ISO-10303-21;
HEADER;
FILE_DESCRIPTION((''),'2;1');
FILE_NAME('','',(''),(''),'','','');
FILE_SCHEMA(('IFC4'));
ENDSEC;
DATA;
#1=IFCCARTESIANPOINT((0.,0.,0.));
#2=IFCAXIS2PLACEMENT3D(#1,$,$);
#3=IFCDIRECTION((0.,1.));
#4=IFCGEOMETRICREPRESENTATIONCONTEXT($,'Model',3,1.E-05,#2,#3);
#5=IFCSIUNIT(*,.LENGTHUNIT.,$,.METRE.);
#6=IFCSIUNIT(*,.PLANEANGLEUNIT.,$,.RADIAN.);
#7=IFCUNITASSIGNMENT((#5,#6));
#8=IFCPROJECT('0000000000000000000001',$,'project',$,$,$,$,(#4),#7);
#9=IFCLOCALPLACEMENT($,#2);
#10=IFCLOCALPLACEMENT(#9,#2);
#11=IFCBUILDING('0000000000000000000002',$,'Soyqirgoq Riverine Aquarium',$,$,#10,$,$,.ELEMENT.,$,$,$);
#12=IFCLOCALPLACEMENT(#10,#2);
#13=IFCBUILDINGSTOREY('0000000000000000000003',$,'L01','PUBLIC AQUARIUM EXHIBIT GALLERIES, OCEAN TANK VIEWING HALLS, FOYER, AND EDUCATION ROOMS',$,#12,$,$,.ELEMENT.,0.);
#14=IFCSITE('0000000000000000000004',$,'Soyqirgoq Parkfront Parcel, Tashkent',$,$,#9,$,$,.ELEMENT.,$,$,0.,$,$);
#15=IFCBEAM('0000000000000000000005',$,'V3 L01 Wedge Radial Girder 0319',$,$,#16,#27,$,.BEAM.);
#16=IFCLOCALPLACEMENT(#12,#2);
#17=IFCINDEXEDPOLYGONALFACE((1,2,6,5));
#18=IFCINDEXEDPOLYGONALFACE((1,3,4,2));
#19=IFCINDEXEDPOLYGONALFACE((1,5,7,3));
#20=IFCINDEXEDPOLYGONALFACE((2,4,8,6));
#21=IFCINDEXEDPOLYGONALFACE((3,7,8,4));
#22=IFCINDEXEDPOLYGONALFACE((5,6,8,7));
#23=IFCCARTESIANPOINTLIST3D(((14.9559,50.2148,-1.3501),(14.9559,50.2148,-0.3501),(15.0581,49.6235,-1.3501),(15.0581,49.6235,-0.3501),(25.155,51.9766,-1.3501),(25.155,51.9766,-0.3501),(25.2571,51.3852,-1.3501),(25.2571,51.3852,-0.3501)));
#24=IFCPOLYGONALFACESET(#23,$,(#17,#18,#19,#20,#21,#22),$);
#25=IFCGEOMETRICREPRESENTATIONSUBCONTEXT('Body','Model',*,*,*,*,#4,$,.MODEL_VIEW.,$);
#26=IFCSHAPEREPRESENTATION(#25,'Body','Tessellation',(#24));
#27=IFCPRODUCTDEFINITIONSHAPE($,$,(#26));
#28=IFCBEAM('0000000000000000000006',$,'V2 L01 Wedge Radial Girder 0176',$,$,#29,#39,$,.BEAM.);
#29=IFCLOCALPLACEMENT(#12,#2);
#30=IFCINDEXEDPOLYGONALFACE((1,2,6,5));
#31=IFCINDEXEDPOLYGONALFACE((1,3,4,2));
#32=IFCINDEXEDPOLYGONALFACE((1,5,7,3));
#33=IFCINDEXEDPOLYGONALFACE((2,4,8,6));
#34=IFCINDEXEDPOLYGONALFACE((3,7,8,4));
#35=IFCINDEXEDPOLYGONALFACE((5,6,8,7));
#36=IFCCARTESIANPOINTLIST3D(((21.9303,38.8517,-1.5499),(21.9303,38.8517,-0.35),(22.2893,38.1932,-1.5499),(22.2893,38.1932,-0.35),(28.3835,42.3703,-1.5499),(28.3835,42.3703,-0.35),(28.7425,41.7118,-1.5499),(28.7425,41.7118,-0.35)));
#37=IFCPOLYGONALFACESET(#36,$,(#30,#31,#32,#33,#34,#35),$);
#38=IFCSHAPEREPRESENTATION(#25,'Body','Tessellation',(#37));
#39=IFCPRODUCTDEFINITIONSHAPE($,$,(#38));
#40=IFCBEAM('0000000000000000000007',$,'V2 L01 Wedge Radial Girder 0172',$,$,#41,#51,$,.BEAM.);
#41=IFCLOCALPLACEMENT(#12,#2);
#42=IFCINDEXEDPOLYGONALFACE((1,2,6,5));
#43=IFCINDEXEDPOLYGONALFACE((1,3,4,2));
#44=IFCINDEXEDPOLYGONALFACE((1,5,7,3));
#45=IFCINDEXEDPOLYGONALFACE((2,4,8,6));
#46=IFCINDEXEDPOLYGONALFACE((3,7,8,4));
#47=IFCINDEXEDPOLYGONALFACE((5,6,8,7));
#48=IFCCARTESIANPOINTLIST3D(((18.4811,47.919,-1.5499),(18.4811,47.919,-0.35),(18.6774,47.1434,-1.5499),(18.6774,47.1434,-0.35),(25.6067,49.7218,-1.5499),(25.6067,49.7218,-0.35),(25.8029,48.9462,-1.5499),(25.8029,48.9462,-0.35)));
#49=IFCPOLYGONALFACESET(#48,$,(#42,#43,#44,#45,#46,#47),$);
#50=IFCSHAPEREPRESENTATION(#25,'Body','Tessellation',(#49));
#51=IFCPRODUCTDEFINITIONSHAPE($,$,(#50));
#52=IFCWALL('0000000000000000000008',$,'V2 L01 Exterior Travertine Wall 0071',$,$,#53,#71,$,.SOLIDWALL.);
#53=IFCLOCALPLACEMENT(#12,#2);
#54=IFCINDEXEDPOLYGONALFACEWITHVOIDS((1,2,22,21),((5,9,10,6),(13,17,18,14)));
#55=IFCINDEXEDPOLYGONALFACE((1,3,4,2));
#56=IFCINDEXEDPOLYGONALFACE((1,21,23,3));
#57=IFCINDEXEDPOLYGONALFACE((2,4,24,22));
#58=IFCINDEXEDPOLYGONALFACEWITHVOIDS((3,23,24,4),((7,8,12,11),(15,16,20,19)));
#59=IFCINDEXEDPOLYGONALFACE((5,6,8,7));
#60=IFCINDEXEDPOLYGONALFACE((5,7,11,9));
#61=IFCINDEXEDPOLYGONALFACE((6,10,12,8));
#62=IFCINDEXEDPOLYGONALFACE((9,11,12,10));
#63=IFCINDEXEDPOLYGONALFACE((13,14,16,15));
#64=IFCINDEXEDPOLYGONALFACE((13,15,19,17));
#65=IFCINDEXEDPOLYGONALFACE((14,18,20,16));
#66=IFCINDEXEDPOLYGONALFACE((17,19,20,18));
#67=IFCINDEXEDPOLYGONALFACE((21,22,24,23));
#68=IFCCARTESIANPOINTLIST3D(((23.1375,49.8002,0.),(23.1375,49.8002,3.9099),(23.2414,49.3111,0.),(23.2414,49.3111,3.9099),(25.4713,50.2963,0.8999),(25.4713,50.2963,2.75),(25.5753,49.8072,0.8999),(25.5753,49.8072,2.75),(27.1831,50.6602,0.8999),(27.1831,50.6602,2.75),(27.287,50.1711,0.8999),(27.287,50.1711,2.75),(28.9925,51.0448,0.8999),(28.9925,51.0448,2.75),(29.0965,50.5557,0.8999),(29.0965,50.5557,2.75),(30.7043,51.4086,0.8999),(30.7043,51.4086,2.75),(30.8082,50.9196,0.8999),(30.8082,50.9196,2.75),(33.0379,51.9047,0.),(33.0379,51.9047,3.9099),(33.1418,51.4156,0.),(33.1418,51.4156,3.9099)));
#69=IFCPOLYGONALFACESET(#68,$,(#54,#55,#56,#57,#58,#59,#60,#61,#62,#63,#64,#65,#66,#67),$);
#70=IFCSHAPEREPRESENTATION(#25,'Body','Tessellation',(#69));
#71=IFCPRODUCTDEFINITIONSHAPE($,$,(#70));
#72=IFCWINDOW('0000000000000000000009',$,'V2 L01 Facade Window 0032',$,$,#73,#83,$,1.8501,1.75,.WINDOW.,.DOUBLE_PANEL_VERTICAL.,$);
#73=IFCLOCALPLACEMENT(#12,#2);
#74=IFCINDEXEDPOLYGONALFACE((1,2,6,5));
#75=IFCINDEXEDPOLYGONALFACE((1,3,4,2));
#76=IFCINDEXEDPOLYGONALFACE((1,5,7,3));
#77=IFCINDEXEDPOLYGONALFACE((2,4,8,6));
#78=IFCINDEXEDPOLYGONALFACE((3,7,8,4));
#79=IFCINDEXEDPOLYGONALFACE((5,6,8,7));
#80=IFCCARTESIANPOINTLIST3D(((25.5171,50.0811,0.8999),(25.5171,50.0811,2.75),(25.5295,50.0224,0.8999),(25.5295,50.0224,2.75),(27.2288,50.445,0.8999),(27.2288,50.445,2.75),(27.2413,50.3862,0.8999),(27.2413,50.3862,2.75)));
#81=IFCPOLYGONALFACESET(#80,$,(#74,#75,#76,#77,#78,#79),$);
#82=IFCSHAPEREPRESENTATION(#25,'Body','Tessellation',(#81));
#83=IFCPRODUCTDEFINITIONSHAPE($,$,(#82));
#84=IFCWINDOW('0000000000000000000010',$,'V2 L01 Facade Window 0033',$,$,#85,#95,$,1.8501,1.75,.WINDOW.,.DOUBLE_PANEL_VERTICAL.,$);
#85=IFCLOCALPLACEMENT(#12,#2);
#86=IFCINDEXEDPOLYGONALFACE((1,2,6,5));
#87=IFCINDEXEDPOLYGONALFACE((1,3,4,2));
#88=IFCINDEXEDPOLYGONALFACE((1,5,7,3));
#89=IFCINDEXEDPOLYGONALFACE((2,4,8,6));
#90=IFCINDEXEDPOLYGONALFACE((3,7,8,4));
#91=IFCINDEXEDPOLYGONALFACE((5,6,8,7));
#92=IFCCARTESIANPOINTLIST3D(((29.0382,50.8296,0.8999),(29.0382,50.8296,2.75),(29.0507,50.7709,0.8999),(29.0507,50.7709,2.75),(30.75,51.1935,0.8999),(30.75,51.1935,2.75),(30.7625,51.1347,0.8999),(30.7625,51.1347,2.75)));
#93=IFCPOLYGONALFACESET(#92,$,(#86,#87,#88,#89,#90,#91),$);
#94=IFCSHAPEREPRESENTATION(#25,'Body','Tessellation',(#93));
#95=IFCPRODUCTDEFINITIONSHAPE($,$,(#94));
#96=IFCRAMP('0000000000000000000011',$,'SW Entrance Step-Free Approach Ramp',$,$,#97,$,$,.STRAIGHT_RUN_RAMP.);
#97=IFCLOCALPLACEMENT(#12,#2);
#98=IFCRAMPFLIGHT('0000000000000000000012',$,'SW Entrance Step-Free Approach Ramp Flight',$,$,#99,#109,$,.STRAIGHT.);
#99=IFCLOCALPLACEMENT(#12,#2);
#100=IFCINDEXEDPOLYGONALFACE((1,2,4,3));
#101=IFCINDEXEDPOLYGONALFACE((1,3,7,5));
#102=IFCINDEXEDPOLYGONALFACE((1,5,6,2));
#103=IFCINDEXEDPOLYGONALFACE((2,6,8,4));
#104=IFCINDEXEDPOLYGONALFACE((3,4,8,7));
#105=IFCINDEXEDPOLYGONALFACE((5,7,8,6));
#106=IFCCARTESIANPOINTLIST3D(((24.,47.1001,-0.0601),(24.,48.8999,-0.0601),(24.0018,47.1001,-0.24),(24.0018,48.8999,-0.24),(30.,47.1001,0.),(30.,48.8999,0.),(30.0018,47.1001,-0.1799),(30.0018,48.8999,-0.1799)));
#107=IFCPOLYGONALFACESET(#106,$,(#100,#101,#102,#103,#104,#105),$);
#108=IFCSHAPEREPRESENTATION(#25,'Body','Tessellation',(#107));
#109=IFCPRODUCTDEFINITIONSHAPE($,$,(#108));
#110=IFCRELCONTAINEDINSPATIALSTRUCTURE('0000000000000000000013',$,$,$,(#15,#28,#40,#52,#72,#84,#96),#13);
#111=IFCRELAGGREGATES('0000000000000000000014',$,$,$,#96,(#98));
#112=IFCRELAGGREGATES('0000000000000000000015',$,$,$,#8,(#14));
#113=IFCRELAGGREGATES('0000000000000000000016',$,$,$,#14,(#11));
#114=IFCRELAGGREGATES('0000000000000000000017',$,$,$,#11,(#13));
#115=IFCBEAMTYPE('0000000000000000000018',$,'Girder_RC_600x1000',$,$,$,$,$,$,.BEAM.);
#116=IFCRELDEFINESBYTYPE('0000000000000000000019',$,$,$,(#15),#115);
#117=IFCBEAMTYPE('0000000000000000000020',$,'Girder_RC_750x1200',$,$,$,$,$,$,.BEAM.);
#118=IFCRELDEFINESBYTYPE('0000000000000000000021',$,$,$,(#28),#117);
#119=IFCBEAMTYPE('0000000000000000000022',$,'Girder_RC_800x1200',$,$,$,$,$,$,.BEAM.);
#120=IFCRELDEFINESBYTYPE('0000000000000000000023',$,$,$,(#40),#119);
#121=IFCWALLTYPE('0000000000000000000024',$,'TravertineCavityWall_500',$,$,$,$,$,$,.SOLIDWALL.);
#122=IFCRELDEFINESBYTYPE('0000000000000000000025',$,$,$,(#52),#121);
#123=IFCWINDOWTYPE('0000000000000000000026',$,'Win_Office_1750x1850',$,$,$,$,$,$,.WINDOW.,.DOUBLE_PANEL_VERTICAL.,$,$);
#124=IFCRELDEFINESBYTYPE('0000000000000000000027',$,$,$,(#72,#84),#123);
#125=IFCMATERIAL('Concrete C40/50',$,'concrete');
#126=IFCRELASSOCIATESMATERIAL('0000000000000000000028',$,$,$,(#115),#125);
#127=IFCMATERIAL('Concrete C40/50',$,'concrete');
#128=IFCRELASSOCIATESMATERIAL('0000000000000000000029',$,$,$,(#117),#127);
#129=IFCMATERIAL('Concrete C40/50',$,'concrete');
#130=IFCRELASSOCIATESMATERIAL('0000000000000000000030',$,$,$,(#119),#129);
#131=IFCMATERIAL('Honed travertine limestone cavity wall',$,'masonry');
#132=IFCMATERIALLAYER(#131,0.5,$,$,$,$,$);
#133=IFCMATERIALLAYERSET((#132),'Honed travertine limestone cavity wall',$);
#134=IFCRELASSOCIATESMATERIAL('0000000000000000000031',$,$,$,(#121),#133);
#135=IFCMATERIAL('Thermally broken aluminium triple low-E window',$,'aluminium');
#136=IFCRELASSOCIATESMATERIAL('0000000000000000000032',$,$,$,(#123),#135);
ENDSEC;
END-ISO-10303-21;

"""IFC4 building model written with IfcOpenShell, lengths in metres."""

from ifc_helpers import new_model, si_unit, direction, frame, frame_2d, origin, origin_2d, place, context, subcontext, project, spatial, polyline, rectangle, outline, extrude, material, layer, layer_set, material_profile, profile_set, type_object, element, fill, aggregate, save


model = new_model("IFC4")

# Units and contexts
model_context = context("Model", 3, precision=1e-05, world=origin(), true_north=direction((0.0, 1.0)))
body_context = subcontext(model_context, "Body", "Model", "MODEL_VIEW")
ifc_project = project(units=[si_unit("LENGTHUNIT", "METRE"), si_unit("PLANEANGLEUNIT", "RADIAN")], contexts=[model_context])

# Site, building, storey
site_placement = place(None, origin())
site = spatial("IfcSite", under=ifc_project, at=site_placement, Name="Soyqirgoq Parkfront Parcel, Tashkent", CompositionType="ELEMENT", RefElevation=0.0)
building_placement = place(site_placement, origin())
building = spatial("IfcBuilding", under=site, at=building_placement, Name="Soyqirgoq Riverine Aquarium", CompositionType="ELEMENT")
storey_placement = place(building_placement, origin())
storey = spatial("IfcBuildingStorey", under=building, at=storey_placement, Name="L01", Description="PUBLIC AQUARIUM EXHIBIT GALLERIES, OCEAN TANK VIEWING HALLS, FOYER, AND EDUCATION ROOMS", CompositionType="ELEMENT", Elevation=0.0)

# Beams
ifc_material_1 = material(Name="Concrete C40/50", Category="concrete")
ifc_material_profile_1 = material_profile(ifc_material_1, rectangle(XDim=0.6001, YDim=1.0, at=origin_2d()), Name="RC 600x1000")
ifc_profile_set_1 = profile_set([ifc_material_profile_1], Name="Concrete C40/50")
beam_type_1 = type_object("IfcBeamType", Name="Girder_RC_600x1000", PredefinedType="BEAM", material=ifc_profile_set_1)
beam_1_placement = place(storey_placement, frame((25.2061, 51.6809, -0.8501), z_axis=(-0.985407, -0.170214, 0.0), x_axis=(0.170214, -0.985407, 0.0)))
element("IfcBeam", 1, at=beam_1_placement, inside=storey, type_object=beam_type_1, Name="V3 L01 Wedge Radial Girder 0319", PredefinedType="BEAM", context=body_context, shape_type="SweptSolid", body=[
    extrude(rectangle(XDim=0.6001, YDim=1.0, at=origin_2d()), origin(), (0.0, 0.0, 1.0), 10.3501),
])
ifc_material_2 = material(Name="Concrete C40/50", Category="concrete")
ifc_material_profile_2 = material_profile(ifc_material_2, rectangle(XDim=0.75, YDim=1.2, at=origin_2d()), Name="RC 750x1200")
ifc_profile_set_2 = profile_set([ifc_material_profile_2], Name="Concrete C40/50")
beam_type_2 = type_object("IfcBeamType", Name="Girder_RC_750x1200", PredefinedType="BEAM", material=ifc_profile_set_2)
beam_2_placement = place(storey_placement, frame((28.563, 42.041, -0.95), z_axis=(-0.877972, -0.478712, 0.0), x_axis=(0.478712, -0.877972, 0.0)))
element("IfcBeam", 2, at=beam_2_placement, inside=storey, type_object=beam_type_2, Name="V2 L01 Wedge Radial Girder 0176", PredefinedType="BEAM", context=body_context, shape_type="SweptSolid", body=[
    extrude(rectangle(XDim=0.75, YDim=1.2, at=origin_2d()), origin(), (0.0, 0.0, 1.0), 7.3501),
])
ifc_material_3 = material(Name="Concrete C40/50", Category="concrete")
ifc_material_profile_3 = material_profile(ifc_material_3, rectangle(XDim=0.8, YDim=1.2, at=origin_2d()), Name="RC 800x1200")
ifc_profile_set_3 = profile_set([ifc_material_profile_3], Name="Concrete C40/50")
beam_type_3 = type_object("IfcBeamType", Name="Girder_RC_800x1200", PredefinedType="BEAM", material=ifc_profile_set_3)
beam_3_placement = place(storey_placement, frame((25.7048, 49.334, -0.95), z_axis=(-0.969455, -0.24527, 0.0), x_axis=(0.24527, -0.969455, 0.0)))
element("IfcBeam", 3, at=beam_3_placement, inside=storey, type_object=beam_type_3, Name="V2 L01 Wedge Radial Girder 0172", PredefinedType="BEAM", context=body_context, shape_type="SweptSolid", body=[
    extrude(rectangle(XDim=0.8, YDim=1.2, at=origin_2d()), origin(), (0.0, 0.0, 1.0), 7.3501),
])

# Wall, openings, windows
ifc_material_4 = material(Name="Honed travertine limestone cavity wall", Category="masonry")
ifc_layer = layer(ifc_material_4, 0.5)
ifc_layer_set = layer_set([ifc_layer], Name="Honed travertine limestone cavity wall")
wall_type = type_object("IfcWallType", Name="TravertineCavityWall_500", PredefinedType="SOLIDWALL", material=ifc_layer_set)
wall_placement = place(storey_placement, frame((23.1895, 49.5557, 0.0), z_axis=(0.0, 0.0, 1.0), x_axis=(0.978146, 0.207921, 0.0)))
wall = element("IfcWall", 4, at=wall_placement, inside=storey, type_object=wall_type, Name="V2 L01 Exterior Travertine Wall 0071", PredefinedType="SOLIDWALL", context=body_context, shape_type="SweptSolid", body=[
    extrude(rectangle(XDim=10.1216, YDim=0.5, at=frame_2d((5.0608, 0.0))), origin(), (0.0, 0.0, 1.0), 3.9099),
])
opening_1_placement = place(wall_placement, frame((2.386, 0.0, 0.8999)))
opening_1 = element("IfcOpeningElement", 5, at=opening_1_placement, cuts=wall, PredefinedType="OPENING", context=body_context, shape_type="SweptSolid", body=[
    extrude(rectangle(XDim=1.75, YDim=1.8501, at=frame_2d((0.875, 0.925))), frame((0.0, 0.26, 0.0), z_axis=(0.0, -1.0, 0.0), x_axis=(1.0, 0.0, 0.0)), (0.0, 0.0, 1.0), 0.52),
])
opening_2_placement = place(wall_placement, frame((5.9858, 0.0, 0.8999)))
opening_2 = element("IfcOpeningElement", 6, at=opening_2_placement, cuts=wall, PredefinedType="OPENING", context=body_context, shape_type="SweptSolid", body=[
    extrude(rectangle(XDim=1.75, YDim=1.8501, at=frame_2d((0.875, 0.925))), frame((0.0, 0.26, 0.0), z_axis=(0.0, -1.0, 0.0), x_axis=(1.0, 0.0, 0.0)), (0.0, 0.0, 1.0), 0.52),
])
ifc_material_5 = material(Name="Thermally broken aluminium triple low-E window", Category="aluminium")
window_type = type_object("IfcWindowType", Name="Win_Office_1750x1850", PartitioningType="DOUBLE_PANEL_VERTICAL", PredefinedType="WINDOW", material=ifc_material_5)
window_1_placement = place(opening_1_placement, origin())
window_1 = element("IfcWindow", 7, at=window_1_placement, inside=storey, type_object=window_type, Name="V2 L01 Facade Window 0032", OverallHeight=1.8501, OverallWidth=1.75, PartitioningType="DOUBLE_PANEL_VERTICAL", PredefinedType="WINDOW", context=body_context, shape_type="SweptSolid", body=[
    extrude(rectangle(XDim=1.75, YDim=1.8501, at=frame_2d((0.875, 0.925))), frame((0.0, 0.03, 0.0), z_axis=(0.0, -1.0, 0.0), x_axis=(1.0, 0.0, 0.0)), (0.0, 0.0, 1.0), 0.0601),
])
fill(opening_1, window_1)
window_2_placement = place(opening_2_placement, origin())
window_2 = element("IfcWindow", 8, at=window_2_placement, inside=storey, type_object=window_type, Name="V2 L01 Facade Window 0033", OverallHeight=1.8501, OverallWidth=1.75, PartitioningType="DOUBLE_PANEL_VERTICAL", PredefinedType="WINDOW", context=body_context, shape_type="SweptSolid", body=[
    extrude(rectangle(XDim=1.75, YDim=1.8501, at=frame_2d((0.875, 0.925))), frame((0.0, 0.03, 0.0), z_axis=(0.0, -1.0, 0.0), x_axis=(1.0, 0.0, 0.0)), (0.0, 0.0, 1.0), 0.0601),
])
fill(opening_2, window_2)

# Ramp, ramp flight
ramp_placement = place(storey_placement, origin())
ramp = element("IfcRamp", 9, at=ramp_placement, inside=storey, Name="SW Entrance Step-Free Approach Ramp", PredefinedType="STRAIGHT_RUN_RAMP")
ramp_flight_placement = place(storey_placement, frame((24.0, 47.1001, -0.0601), z_axis=(-0.010009, 0.0, 0.99995), x_axis=(0.99995, 0.0, 0.010009)))
ramp_flight = element("IfcRampFlight", 10, at=ramp_flight_placement, Name="SW Entrance Step-Free Approach Ramp Flight", PredefinedType="STRAIGHT", context=body_context, shape_type="SweptSolid", body=[
    extrude(outline(polyline([(0.0, 0.0), (6.0003, 0.0), (6.0003, 1.7998), (0.0, 1.7998), (0.0, 0.0)])), origin(), (0.0, 0.0, -1.0), 0.1799),
])
aggregate(ramp, [ramp_flight])

save(model, "model.ifc")
